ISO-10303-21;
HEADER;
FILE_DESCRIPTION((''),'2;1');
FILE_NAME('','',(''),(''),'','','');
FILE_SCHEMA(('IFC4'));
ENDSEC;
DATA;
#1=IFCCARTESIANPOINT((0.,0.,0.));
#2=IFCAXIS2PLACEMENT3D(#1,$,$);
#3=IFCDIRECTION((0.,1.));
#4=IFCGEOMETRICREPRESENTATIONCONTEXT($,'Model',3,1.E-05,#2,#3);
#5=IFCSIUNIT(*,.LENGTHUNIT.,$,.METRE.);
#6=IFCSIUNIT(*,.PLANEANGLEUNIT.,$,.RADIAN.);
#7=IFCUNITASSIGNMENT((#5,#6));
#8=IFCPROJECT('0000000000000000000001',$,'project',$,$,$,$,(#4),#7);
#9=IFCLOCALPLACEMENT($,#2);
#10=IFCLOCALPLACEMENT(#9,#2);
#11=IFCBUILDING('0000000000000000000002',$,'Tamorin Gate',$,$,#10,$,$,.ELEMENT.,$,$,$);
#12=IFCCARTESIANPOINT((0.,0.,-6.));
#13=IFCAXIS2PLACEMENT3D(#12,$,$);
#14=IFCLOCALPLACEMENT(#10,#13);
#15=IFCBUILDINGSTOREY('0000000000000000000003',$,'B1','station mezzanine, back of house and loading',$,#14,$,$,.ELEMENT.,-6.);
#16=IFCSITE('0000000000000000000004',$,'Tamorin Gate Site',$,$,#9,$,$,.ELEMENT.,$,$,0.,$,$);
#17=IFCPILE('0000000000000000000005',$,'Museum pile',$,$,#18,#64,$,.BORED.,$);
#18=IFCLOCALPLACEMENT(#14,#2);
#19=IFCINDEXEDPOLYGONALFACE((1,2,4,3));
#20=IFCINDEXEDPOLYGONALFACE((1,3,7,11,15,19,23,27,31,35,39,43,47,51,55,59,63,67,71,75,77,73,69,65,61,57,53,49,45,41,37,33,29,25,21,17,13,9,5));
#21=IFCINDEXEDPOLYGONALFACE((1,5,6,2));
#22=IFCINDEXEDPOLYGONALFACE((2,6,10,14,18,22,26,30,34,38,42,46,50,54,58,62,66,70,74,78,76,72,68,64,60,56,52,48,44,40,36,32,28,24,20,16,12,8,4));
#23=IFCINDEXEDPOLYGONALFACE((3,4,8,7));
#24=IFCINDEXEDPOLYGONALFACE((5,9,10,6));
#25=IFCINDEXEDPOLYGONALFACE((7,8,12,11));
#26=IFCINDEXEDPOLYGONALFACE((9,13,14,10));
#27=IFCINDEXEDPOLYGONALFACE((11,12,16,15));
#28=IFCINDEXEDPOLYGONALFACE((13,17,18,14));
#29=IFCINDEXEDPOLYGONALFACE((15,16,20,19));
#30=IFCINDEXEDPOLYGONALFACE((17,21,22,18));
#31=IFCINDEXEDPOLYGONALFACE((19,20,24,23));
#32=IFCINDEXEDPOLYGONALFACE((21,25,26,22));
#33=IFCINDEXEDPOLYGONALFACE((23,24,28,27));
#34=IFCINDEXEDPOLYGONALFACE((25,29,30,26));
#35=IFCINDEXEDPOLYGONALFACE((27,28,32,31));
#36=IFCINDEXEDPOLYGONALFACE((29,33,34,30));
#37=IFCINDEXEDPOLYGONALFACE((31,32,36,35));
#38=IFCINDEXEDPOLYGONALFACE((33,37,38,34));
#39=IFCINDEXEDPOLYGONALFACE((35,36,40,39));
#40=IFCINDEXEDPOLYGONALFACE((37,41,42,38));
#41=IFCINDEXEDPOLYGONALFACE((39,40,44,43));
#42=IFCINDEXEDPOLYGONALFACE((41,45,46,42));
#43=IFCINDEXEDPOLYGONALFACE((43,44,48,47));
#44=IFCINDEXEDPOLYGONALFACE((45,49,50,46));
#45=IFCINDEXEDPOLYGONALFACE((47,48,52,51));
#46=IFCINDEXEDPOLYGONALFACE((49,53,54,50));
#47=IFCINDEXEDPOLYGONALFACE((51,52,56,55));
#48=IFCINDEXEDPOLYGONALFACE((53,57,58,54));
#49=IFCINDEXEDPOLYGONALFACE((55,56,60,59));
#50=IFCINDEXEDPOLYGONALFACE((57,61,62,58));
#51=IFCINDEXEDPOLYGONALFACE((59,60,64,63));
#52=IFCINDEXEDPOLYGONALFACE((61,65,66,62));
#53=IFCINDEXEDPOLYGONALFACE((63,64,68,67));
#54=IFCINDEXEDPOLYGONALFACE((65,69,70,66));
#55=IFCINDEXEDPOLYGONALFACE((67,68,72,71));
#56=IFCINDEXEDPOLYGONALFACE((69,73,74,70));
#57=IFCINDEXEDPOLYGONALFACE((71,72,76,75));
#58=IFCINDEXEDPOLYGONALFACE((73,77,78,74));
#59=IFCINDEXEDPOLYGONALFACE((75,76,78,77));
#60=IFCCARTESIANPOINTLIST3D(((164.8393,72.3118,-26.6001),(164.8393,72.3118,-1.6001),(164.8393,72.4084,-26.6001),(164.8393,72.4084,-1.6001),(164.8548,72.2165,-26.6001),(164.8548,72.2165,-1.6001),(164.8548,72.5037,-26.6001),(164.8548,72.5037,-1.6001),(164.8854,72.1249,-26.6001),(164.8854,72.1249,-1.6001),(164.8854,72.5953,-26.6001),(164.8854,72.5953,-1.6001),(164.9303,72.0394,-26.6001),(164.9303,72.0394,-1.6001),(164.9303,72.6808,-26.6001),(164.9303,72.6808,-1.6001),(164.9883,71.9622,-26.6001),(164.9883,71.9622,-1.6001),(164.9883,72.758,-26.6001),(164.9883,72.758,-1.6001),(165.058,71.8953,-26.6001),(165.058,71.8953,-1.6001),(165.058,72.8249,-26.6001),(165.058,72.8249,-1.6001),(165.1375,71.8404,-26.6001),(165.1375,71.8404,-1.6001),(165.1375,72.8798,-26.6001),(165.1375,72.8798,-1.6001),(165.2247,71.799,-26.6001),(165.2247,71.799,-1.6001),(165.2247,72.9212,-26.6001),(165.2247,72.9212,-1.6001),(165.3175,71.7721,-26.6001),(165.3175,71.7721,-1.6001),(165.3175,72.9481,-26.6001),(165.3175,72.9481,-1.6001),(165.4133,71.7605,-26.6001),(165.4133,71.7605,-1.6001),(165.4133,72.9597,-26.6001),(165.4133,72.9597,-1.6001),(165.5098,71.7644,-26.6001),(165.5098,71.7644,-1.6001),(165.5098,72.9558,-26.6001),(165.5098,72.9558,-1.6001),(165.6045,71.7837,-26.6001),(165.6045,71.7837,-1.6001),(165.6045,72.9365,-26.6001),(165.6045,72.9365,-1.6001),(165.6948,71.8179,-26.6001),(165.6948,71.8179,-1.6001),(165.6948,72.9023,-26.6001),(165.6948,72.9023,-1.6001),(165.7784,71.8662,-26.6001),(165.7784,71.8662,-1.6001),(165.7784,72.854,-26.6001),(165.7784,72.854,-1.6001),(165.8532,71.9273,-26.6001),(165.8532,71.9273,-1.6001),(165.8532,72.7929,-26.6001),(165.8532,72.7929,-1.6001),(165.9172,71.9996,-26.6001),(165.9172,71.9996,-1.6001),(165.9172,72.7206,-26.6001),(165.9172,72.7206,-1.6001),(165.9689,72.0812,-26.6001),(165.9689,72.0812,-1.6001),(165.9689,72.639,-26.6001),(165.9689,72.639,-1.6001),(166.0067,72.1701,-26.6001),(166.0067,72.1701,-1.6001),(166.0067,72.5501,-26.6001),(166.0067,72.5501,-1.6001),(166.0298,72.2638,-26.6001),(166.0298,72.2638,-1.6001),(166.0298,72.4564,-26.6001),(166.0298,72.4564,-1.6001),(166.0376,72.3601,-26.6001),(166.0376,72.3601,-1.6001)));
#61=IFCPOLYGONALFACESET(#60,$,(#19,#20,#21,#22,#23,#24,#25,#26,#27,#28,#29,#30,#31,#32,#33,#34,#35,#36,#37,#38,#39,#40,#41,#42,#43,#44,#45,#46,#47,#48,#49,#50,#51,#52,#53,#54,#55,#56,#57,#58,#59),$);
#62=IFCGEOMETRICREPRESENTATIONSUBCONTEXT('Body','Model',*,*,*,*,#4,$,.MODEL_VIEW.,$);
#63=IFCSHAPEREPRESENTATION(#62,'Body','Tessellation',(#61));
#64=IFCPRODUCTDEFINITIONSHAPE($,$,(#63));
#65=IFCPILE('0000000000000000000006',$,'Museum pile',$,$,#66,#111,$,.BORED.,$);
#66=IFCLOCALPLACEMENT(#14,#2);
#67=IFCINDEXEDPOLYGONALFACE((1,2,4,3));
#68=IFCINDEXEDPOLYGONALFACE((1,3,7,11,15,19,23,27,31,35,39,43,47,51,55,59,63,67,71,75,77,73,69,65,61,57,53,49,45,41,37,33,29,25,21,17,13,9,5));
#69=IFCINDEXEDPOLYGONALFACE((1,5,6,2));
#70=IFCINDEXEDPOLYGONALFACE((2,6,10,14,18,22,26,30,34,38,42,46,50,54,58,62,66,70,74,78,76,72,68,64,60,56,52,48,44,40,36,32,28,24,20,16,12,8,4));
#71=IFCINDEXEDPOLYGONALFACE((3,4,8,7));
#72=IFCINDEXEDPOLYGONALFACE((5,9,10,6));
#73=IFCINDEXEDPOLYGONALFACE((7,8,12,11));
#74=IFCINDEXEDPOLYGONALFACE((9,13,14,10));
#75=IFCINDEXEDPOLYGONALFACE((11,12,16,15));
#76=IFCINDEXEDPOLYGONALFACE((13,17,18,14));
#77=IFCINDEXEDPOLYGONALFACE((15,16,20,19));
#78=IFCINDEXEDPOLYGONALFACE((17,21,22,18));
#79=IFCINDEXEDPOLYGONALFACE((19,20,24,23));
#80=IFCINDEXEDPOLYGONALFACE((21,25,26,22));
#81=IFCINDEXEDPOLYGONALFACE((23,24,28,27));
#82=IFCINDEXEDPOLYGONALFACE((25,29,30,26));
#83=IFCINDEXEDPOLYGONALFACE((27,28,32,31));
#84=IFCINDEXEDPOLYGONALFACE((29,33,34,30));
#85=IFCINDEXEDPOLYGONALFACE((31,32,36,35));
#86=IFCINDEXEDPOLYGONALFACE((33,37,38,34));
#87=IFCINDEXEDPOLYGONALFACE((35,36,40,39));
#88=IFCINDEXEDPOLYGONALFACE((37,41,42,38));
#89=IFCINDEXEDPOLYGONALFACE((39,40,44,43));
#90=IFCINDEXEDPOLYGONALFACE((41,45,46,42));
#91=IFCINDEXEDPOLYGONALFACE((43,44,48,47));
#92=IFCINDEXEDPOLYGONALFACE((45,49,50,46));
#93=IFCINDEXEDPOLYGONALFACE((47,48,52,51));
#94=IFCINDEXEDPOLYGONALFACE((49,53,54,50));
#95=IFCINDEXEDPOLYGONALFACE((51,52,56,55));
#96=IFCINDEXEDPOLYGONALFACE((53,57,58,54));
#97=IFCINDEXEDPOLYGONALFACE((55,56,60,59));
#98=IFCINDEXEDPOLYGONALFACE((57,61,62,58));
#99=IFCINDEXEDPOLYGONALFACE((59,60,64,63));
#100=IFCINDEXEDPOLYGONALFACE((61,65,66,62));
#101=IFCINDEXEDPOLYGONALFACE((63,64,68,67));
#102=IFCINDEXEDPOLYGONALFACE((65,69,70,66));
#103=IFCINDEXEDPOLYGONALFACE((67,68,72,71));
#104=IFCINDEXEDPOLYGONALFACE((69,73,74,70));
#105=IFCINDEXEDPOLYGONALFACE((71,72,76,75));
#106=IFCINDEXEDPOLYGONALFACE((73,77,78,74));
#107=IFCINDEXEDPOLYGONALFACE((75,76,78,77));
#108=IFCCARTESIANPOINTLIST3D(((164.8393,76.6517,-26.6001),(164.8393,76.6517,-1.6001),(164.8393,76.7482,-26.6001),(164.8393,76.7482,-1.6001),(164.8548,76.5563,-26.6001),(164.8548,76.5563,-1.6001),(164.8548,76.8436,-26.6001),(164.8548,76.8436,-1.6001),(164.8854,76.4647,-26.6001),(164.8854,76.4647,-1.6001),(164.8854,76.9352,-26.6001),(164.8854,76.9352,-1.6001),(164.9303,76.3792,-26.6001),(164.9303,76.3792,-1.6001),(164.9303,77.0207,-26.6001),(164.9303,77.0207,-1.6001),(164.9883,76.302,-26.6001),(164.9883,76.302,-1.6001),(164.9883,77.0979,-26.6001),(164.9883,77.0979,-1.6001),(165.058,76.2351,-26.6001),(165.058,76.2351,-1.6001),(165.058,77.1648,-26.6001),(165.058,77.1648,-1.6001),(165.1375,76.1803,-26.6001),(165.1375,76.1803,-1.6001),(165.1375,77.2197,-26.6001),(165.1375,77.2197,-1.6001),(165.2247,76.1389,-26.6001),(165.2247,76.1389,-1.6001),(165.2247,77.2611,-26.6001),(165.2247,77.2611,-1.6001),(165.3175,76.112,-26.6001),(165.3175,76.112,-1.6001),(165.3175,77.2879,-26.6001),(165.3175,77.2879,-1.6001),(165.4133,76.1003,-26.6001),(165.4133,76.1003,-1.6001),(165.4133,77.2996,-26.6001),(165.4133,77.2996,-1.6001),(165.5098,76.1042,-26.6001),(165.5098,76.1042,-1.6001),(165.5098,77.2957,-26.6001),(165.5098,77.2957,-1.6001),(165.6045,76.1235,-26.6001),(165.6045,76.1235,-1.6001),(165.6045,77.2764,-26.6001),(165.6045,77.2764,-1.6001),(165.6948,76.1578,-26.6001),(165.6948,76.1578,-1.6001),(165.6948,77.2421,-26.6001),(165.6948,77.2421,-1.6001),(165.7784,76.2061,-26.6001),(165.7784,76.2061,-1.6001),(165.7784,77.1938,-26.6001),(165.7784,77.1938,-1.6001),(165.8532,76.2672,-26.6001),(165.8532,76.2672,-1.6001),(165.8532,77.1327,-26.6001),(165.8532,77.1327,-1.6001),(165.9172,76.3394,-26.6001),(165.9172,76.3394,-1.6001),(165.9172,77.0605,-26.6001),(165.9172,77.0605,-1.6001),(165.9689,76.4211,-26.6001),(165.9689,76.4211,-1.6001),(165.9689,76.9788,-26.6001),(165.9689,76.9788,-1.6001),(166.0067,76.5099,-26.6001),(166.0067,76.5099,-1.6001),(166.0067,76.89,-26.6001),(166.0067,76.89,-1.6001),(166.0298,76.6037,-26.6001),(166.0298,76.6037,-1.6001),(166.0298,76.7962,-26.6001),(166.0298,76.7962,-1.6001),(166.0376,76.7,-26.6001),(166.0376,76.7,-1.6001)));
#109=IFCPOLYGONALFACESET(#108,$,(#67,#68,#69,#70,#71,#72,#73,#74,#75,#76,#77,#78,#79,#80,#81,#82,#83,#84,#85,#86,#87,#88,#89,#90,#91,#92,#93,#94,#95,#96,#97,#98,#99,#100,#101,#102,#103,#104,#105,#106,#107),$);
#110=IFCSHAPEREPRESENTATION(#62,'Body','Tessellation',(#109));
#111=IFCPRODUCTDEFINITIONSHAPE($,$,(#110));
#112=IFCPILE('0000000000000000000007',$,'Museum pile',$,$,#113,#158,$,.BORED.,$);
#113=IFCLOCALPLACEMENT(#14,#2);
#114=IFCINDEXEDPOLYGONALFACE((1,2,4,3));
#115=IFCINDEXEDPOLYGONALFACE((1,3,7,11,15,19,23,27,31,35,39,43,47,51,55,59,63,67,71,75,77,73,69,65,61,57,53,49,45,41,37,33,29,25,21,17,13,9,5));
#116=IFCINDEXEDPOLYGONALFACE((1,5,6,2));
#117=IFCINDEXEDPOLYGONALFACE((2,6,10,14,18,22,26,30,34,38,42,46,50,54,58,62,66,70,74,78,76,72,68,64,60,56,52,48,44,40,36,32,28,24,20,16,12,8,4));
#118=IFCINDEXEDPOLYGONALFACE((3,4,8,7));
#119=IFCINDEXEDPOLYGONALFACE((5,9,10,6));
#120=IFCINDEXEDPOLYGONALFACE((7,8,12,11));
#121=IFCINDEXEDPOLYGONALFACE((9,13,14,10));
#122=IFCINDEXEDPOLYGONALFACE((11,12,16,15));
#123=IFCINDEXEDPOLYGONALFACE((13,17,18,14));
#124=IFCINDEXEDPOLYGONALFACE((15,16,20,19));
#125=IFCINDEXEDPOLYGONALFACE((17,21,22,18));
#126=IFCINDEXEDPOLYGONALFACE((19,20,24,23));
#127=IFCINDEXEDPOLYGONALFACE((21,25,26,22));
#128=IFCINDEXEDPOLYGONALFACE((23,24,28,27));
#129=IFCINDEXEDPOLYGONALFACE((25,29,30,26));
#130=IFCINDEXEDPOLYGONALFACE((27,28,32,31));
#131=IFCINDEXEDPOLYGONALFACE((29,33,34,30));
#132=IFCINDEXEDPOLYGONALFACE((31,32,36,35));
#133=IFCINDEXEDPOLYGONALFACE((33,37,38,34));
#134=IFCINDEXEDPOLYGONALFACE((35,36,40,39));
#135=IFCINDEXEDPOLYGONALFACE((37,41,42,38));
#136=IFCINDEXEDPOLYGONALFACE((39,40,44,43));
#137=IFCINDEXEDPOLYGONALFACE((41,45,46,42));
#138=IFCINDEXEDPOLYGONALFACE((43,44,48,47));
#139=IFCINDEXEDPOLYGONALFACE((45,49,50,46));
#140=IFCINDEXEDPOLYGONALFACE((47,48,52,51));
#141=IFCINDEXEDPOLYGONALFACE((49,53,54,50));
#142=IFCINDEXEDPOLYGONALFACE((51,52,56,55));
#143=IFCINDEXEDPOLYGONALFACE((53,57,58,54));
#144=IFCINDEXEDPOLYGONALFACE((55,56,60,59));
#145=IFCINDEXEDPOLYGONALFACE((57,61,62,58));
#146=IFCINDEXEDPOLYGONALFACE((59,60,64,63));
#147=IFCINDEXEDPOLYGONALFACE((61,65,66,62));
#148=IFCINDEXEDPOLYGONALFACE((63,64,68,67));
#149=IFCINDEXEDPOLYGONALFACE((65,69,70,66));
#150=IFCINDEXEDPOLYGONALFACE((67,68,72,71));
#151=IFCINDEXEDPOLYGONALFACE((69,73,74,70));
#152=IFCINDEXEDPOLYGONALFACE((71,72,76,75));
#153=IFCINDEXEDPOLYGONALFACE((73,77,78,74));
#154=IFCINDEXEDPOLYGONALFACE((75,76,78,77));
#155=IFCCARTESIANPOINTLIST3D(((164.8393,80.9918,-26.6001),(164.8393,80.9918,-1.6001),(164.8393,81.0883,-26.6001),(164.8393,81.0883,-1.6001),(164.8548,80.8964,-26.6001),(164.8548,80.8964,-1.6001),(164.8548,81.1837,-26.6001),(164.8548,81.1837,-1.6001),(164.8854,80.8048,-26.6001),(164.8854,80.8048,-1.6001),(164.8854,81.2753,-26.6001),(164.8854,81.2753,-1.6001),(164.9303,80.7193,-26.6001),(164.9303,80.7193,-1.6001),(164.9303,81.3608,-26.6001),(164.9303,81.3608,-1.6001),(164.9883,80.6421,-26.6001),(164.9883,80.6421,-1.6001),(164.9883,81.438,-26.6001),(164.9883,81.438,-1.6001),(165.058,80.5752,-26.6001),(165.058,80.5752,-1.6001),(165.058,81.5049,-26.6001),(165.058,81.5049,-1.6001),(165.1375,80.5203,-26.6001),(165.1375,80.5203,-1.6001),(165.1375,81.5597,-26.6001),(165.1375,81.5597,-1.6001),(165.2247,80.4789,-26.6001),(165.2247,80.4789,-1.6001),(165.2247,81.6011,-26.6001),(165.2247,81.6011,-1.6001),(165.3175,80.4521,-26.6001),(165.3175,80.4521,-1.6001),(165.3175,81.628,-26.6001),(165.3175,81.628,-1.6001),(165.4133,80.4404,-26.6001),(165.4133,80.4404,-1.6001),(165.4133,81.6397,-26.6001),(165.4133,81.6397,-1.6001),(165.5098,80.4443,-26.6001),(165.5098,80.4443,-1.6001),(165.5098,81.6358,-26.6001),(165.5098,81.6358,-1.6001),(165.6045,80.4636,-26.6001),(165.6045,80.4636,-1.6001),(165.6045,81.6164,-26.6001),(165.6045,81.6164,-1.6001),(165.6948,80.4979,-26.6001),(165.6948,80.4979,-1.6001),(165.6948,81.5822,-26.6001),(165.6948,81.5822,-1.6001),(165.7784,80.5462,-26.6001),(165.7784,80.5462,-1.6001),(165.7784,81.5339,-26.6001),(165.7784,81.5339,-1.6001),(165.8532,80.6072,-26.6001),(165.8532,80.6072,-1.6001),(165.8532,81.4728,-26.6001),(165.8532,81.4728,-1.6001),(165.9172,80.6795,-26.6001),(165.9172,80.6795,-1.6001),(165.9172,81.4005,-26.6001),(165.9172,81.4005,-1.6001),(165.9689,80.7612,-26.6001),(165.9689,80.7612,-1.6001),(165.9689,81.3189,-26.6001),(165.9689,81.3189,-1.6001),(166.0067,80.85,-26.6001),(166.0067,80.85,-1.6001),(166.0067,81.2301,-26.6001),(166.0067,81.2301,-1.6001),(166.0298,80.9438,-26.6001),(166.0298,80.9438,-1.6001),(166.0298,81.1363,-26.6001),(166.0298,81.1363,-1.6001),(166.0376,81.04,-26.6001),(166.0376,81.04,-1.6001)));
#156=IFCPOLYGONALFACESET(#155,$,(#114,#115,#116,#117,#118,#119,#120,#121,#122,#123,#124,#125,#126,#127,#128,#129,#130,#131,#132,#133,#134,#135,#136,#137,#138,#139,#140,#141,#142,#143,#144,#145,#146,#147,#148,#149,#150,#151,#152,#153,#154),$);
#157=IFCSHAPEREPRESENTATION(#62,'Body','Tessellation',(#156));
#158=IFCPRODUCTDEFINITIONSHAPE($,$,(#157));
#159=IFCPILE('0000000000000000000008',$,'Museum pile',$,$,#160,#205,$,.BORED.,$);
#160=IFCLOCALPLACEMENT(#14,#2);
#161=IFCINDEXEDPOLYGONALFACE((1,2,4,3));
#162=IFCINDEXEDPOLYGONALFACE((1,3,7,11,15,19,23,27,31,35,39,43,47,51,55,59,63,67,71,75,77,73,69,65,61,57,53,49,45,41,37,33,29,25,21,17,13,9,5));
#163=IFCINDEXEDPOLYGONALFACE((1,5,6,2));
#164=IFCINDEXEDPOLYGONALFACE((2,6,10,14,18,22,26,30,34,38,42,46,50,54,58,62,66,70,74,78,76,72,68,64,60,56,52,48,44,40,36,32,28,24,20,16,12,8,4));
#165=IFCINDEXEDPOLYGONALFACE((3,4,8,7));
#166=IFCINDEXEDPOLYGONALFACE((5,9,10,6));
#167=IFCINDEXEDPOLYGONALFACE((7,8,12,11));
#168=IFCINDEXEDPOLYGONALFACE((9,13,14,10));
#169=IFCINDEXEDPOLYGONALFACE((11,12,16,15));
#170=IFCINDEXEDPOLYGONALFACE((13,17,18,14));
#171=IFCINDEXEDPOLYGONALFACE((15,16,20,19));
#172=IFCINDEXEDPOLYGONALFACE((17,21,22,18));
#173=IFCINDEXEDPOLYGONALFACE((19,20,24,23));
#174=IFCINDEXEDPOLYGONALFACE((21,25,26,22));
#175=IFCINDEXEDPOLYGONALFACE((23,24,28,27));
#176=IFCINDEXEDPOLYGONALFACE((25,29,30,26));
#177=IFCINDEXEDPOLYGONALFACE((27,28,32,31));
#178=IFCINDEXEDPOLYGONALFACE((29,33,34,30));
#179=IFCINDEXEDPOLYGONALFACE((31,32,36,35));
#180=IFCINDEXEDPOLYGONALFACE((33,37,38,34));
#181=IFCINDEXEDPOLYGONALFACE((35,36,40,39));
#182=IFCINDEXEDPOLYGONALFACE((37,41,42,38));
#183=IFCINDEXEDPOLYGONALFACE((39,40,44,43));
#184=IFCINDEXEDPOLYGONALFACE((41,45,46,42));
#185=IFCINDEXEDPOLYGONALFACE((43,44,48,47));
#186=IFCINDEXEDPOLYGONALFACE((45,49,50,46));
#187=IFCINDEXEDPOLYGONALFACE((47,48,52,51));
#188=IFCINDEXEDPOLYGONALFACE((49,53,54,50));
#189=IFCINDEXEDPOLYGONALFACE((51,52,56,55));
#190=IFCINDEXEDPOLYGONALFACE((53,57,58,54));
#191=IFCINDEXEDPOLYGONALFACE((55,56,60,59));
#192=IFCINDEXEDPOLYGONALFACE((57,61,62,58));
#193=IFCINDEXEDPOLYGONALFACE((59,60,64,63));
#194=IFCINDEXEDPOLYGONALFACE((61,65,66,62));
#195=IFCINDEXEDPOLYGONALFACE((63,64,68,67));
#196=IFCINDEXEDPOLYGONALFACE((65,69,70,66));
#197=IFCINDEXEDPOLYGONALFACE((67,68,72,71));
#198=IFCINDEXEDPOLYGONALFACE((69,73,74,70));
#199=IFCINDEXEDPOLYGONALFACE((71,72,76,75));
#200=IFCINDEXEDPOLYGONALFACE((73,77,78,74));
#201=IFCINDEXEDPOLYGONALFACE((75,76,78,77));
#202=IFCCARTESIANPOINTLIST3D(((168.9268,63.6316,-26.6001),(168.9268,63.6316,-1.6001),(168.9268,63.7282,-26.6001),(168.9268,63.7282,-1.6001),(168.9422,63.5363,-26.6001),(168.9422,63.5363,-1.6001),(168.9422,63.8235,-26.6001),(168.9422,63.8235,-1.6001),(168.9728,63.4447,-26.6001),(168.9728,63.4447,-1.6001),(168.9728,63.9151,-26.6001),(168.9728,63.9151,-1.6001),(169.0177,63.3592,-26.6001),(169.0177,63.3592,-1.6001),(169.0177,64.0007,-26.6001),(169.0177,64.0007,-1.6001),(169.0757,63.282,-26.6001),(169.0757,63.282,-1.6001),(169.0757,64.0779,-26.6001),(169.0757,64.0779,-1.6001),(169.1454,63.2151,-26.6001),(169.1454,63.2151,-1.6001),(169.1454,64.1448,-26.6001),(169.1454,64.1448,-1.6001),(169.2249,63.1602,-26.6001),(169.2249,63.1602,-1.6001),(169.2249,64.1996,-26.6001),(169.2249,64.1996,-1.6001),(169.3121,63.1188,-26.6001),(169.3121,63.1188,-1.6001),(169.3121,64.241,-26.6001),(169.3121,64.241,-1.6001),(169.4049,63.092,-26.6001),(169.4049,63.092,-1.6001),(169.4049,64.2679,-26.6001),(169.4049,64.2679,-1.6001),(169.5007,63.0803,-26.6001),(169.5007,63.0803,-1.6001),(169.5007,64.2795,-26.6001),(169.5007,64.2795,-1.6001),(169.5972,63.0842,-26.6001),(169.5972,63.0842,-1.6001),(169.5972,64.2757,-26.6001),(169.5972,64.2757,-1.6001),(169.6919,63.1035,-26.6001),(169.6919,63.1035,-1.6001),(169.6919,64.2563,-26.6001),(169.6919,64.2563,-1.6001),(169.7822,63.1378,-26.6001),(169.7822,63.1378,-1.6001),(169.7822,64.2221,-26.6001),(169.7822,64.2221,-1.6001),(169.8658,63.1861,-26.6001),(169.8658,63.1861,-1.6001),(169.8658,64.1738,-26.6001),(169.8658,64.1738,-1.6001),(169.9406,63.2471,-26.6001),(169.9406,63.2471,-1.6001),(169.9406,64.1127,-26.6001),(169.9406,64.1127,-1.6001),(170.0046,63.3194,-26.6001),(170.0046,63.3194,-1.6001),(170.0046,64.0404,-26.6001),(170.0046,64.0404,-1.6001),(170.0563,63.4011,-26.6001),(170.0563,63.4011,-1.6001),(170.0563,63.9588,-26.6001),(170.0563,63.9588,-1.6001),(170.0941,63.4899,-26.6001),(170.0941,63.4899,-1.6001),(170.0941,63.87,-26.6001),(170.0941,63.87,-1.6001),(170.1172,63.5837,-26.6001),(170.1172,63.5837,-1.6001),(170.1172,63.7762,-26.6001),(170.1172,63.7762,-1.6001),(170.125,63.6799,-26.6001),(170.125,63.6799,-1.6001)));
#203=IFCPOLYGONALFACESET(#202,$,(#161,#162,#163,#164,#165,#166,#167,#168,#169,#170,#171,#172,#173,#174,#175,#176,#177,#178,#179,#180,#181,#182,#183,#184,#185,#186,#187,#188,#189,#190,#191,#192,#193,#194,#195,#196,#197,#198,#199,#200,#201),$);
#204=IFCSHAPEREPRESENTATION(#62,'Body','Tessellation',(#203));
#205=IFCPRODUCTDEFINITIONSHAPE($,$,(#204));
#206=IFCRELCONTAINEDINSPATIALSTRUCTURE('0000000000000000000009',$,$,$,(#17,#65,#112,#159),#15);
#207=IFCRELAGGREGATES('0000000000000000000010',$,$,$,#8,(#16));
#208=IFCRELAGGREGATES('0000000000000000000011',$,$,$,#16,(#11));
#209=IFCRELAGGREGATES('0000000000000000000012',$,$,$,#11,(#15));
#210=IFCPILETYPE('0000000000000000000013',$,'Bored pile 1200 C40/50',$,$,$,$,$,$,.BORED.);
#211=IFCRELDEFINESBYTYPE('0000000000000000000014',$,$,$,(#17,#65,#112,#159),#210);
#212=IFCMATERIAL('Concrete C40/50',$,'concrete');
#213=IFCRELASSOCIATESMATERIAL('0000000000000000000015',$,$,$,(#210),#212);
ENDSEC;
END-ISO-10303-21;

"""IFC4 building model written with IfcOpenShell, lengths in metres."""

from ifc_helpers import new_model, si_unit, direction, frame, origin, origin_2d, place, context, subcontext, project, spatial, circle, extrude, material, material_profile, profile_set, type_object, element, save


model = new_model("IFC4")

# Units and contexts
model_context = context("Model", 3, precision=1e-05, world=origin(), true_north=direction((0.0, 1.0)))
body_context = subcontext(model_context, "Body", "Model", "MODEL_VIEW")
ifc_project = project(units=[si_unit("LENGTHUNIT", "METRE"), si_unit("PLANEANGLEUNIT", "RADIAN")], contexts=[model_context])

# Site, building, storey
site_placement = place(None, origin())
site = spatial("IfcSite", under=ifc_project, at=site_placement, Name="Tamorin Gate Site", CompositionType="ELEMENT", RefElevation=0.0)
building_placement = place(site_placement, origin())
building = spatial("IfcBuilding", under=site, at=building_placement, Name="Tamorin Gate", CompositionType="ELEMENT")
storey_placement = place(building_placement, frame((0.0, 0.0, -6.0)))
storey = spatial("IfcBuildingStorey", under=building, at=storey_placement, Name="B1", Description="station mezzanine, back of house and loading", CompositionType="ELEMENT", Elevation=-6.0)

# Piles
ifc_material_1 = material(Name="Concrete C40/50", Category="concrete")
ifc_material_profile_1 = material_profile(ifc_material_1, circle(Radius=0.6001, at=origin_2d()))
ifc_profile_set_1 = profile_set([ifc_material_profile_1], Name="Concrete C40/50")
pile_type = type_object("IfcPileType", Name="Bored pile 1200 C40/50", PredefinedType="BORED", material=ifc_profile_set_1)
for number, where, z_axis, x_axis, name in (
    (1, (165.4375, 72.3601, -1.6001), (0.0, 0.0, -1.0), (1.0, 0.0, 0.0), "Museum pile"),
    (2, (165.4375, 76.7, -1.6001), (0.0, 0.0, -1.0), (1.0, 0.0, 0.0), "Museum pile"),
    (3, (165.4375, 81.04, -1.6001), (0.0, 0.0, -1.0), (1.0, 0.0, 0.0), "Museum pile"),
    (4, (169.5249, 63.6799, -1.6001), (0.0, 0.0, -1.0), (1.0, 0.0, 0.0), "Museum pile"),
):
    element("IfcPile", number, at=place(storey_placement, frame(where, z_axis=z_axis, x_axis=x_axis)), inside=storey, type_object=pile_type, Name=name, PredefinedType="BORED", context=body_context, shape_type="SweptSolid", body=[
        extrude(circle(Radius=0.6001, at=origin_2d()), origin(), (0.0, 0.0, 1.0), 25.0),
    ])

save(model, "model.ifc")
